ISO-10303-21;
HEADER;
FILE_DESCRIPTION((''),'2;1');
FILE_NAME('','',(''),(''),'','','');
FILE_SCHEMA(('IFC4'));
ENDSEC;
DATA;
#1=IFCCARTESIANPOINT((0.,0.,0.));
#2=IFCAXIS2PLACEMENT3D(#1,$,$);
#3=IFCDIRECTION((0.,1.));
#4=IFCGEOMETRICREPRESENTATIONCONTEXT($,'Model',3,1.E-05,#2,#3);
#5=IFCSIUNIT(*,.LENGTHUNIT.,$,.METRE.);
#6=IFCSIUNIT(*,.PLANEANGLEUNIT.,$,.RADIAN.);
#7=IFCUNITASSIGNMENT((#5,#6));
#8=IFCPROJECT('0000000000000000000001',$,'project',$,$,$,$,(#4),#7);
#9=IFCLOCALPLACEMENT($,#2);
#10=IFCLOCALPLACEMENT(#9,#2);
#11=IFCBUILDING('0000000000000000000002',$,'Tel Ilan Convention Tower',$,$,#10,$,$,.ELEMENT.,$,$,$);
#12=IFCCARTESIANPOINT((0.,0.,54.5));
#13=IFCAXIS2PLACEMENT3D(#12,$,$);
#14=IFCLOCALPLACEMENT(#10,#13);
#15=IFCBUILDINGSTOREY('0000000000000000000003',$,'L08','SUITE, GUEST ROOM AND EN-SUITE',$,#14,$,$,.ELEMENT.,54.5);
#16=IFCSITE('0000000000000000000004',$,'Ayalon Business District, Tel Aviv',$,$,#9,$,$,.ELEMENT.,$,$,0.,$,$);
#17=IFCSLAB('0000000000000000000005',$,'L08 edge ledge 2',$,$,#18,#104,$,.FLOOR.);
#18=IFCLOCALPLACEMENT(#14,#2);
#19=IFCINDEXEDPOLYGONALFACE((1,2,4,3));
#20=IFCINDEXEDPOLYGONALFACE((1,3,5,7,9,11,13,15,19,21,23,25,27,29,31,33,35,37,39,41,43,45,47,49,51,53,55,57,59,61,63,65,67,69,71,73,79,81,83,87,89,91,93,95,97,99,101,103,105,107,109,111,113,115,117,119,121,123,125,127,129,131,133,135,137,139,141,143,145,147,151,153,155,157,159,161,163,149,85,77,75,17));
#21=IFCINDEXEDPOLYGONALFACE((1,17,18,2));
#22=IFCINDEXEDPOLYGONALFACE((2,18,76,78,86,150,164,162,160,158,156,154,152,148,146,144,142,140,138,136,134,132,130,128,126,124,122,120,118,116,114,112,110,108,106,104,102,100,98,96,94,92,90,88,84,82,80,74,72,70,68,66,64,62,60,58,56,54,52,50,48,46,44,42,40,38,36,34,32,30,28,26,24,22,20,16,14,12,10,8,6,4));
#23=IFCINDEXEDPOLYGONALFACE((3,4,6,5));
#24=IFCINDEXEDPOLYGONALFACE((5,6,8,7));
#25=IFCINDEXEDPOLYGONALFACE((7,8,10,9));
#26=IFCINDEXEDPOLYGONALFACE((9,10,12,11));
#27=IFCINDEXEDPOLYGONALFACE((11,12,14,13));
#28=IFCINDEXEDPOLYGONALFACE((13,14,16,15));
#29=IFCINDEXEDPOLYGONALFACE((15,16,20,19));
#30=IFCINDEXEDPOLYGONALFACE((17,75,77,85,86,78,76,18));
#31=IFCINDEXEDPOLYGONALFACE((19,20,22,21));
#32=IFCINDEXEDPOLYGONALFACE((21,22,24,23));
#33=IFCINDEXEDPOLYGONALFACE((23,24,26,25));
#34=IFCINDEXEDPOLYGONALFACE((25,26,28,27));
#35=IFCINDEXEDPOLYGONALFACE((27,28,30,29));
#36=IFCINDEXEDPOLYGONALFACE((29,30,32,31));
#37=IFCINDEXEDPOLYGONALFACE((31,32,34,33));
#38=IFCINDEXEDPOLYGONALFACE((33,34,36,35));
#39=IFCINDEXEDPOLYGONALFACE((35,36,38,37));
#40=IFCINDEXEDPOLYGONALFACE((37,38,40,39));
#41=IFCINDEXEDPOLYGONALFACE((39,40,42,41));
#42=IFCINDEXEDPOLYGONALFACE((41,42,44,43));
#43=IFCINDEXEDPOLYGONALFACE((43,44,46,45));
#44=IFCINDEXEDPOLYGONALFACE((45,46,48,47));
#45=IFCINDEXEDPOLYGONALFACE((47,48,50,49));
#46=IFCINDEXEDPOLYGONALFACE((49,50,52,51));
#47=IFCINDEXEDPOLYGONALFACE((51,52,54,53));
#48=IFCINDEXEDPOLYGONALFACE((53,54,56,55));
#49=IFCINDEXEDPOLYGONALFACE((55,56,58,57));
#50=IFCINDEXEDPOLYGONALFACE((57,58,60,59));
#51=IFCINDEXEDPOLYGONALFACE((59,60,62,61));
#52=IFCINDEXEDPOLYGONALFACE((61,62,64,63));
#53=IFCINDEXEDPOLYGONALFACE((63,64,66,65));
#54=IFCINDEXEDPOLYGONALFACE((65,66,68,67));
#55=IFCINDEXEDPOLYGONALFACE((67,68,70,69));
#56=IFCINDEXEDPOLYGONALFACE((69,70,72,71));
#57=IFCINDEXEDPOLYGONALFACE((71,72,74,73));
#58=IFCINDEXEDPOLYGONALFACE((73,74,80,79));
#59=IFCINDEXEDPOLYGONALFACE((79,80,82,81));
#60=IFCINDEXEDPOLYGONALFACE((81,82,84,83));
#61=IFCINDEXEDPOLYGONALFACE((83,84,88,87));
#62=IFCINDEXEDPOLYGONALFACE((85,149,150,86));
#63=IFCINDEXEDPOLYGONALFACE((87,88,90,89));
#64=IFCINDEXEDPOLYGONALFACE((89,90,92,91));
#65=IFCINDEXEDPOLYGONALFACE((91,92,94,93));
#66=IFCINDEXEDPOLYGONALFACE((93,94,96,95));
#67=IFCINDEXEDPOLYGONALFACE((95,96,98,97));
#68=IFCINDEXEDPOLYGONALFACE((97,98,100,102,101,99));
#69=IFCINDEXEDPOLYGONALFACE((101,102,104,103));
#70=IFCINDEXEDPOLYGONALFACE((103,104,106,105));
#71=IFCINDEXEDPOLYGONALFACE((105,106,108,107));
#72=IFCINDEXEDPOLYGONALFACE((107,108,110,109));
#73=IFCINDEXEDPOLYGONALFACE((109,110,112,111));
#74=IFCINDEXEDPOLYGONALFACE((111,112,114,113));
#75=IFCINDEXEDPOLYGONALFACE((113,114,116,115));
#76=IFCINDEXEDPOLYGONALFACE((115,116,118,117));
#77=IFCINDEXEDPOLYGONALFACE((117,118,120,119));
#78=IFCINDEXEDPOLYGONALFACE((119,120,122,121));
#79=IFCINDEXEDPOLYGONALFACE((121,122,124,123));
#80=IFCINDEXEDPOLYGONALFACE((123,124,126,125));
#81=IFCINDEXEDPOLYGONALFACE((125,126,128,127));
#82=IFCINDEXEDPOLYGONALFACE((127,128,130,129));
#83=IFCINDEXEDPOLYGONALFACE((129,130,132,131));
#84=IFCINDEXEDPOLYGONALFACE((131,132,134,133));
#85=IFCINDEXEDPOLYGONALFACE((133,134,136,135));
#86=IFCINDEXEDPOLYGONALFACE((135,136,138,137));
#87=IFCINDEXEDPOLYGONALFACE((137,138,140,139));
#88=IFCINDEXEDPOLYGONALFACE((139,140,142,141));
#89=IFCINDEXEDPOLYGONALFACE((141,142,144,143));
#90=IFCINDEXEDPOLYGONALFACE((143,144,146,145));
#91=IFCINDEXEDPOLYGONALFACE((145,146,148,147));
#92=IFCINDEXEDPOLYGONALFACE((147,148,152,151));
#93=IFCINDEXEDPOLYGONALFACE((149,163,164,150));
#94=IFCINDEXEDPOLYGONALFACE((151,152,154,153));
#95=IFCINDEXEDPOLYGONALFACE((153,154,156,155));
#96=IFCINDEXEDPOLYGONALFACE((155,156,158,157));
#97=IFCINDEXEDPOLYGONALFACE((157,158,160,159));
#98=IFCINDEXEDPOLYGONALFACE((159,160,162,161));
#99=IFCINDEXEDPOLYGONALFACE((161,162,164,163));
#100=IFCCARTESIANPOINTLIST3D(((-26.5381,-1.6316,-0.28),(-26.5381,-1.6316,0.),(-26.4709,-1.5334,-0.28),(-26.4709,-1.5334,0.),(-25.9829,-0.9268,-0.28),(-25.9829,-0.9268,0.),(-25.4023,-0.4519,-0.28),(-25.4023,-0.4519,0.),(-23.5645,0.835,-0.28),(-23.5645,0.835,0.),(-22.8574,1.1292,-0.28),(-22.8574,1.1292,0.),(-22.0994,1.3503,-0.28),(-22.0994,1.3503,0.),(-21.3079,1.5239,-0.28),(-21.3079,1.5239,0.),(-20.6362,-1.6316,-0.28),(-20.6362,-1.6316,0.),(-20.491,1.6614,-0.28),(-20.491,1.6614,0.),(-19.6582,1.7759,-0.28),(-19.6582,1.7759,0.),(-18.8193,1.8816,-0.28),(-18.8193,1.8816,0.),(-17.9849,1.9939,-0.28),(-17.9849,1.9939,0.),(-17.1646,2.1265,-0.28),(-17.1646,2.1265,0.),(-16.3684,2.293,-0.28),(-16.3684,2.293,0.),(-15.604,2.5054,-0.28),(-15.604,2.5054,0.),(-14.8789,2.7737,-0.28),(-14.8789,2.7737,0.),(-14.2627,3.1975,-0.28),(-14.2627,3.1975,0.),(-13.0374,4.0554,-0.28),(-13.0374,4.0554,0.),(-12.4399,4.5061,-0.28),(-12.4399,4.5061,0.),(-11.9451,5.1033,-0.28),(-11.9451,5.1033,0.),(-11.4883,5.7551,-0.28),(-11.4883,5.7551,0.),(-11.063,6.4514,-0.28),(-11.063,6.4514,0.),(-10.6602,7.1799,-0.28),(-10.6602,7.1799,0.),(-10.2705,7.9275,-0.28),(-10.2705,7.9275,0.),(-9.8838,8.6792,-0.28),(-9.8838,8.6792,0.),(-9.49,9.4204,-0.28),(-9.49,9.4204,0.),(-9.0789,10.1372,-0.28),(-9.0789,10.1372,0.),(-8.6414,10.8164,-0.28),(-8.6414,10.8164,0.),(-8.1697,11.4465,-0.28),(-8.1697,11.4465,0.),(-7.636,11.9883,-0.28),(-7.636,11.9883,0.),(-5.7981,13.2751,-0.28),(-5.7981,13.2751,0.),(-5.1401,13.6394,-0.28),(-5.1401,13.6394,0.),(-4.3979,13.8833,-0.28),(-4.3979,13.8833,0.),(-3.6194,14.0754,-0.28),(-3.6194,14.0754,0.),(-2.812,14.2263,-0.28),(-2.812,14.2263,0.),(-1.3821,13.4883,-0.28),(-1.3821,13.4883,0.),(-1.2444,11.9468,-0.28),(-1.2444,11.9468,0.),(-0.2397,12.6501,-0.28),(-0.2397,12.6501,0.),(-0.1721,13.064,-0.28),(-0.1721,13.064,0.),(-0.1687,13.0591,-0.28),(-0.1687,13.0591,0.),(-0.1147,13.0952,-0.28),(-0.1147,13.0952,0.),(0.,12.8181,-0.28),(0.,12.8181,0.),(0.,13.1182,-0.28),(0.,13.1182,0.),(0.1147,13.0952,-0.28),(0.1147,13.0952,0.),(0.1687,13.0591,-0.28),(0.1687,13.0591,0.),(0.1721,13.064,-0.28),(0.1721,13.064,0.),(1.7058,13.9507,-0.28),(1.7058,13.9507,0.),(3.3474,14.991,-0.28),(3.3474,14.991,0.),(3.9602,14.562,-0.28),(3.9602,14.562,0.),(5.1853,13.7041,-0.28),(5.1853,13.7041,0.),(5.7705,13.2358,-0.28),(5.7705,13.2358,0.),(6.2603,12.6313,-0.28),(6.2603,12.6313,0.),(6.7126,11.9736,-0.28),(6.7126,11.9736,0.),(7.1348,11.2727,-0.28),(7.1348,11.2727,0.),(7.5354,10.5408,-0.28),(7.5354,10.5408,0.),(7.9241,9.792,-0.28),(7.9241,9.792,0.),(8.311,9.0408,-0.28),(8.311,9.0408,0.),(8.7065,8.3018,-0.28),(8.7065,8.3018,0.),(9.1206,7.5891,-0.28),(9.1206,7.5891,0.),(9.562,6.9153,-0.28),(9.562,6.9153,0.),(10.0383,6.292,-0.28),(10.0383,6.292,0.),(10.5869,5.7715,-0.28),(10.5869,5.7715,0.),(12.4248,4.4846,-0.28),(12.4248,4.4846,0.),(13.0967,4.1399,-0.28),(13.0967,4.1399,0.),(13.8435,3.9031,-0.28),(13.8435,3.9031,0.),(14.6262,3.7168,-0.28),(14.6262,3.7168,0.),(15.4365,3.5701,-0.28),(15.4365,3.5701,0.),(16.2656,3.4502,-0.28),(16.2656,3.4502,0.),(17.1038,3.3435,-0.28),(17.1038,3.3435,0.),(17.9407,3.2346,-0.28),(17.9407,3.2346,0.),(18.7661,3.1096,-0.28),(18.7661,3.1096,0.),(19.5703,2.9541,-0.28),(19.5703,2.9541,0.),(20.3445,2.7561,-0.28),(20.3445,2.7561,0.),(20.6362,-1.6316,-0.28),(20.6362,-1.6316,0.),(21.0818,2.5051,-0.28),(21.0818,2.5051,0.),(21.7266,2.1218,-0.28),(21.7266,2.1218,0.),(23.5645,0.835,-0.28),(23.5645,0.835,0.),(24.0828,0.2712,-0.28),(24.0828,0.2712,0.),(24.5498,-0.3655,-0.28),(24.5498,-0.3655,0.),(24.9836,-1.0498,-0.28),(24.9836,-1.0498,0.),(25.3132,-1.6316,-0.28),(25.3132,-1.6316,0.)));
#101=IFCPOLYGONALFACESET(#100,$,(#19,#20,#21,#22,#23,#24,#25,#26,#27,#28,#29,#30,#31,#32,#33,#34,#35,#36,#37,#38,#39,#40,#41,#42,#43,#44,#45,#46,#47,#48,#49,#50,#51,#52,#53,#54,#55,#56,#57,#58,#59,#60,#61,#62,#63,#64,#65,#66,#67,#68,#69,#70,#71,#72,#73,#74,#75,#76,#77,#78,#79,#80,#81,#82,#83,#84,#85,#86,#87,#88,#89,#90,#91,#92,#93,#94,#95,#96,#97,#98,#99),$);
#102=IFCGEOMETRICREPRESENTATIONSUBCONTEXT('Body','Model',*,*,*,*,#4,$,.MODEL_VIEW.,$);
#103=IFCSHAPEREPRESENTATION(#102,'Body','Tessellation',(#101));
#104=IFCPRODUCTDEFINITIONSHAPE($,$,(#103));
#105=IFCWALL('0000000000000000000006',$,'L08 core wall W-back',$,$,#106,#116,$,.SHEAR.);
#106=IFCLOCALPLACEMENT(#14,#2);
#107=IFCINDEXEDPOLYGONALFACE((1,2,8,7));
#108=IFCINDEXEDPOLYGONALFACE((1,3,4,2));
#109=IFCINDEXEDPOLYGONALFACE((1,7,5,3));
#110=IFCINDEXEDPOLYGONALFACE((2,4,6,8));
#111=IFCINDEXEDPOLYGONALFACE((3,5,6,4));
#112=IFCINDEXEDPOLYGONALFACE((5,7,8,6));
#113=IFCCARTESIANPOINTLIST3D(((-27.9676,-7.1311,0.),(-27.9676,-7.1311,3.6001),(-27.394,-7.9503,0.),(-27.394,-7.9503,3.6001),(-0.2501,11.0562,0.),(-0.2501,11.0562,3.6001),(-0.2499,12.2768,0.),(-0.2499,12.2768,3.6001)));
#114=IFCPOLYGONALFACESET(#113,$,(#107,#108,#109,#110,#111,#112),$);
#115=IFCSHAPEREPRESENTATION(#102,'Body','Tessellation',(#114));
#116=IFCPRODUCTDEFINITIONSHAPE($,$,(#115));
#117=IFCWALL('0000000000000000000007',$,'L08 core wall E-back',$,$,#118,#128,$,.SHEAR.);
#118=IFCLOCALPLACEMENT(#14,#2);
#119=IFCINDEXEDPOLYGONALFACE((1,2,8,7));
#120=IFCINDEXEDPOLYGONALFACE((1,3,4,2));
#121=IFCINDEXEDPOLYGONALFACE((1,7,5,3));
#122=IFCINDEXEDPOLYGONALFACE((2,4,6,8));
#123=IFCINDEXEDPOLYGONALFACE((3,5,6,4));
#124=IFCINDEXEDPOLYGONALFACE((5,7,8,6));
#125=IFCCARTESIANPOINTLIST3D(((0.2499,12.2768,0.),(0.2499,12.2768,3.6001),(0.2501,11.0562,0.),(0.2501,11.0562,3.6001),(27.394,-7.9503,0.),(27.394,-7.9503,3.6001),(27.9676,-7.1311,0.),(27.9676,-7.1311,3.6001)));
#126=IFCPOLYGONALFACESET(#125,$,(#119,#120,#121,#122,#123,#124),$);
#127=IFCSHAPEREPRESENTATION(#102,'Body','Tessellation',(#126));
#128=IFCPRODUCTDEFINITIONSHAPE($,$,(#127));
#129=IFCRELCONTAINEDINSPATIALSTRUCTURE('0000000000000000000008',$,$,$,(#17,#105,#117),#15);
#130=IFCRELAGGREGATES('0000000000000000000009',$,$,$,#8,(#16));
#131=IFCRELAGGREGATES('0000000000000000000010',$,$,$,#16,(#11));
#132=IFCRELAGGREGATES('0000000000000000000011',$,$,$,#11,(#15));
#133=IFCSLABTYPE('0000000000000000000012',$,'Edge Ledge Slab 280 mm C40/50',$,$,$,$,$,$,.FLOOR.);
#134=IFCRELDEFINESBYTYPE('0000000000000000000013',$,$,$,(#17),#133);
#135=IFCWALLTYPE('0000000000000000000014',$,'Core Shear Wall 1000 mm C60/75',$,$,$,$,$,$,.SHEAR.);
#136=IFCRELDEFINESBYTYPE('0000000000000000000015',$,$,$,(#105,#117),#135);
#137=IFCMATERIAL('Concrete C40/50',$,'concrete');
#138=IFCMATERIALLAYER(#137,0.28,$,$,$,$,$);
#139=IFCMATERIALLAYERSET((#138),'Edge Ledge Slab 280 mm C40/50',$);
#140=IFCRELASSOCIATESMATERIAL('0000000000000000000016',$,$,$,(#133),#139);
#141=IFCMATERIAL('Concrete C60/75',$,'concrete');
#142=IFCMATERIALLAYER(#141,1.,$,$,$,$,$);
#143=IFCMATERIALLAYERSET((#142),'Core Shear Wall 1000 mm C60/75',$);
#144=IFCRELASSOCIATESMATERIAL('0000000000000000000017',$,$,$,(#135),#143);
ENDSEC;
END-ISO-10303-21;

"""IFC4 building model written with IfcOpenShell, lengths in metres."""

from ifc_helpers import new_model, si_unit, direction, frame, origin, place, context, subcontext, project, spatial, polyline, outline, extrude, material, layer, layer_set, type_object, element, save


model = new_model("IFC4")

# Units and contexts
model_context = context("Model", 3, precision=1e-05, world=origin(), true_north=direction((0.0, 1.0)))
body_context = subcontext(model_context, "Body", "Model", "MODEL_VIEW")
ifc_project = project(units=[si_unit("LENGTHUNIT", "METRE"), si_unit("PLANEANGLEUNIT", "RADIAN")], contexts=[model_context])

# Site, building, storey
site_placement = place(None, origin())
site = spatial("IfcSite", under=ifc_project, at=site_placement, Name="Ayalon Business District, Tel Aviv", CompositionType="ELEMENT", RefElevation=0.0)
building_placement = place(site_placement, origin())
building = spatial("IfcBuilding", under=site, at=building_placement, Name="Tel Ilan Convention Tower", CompositionType="ELEMENT")
storey_placement = place(building_placement, frame((0.0, 0.0, 54.5)))
storey = spatial("IfcBuildingStorey", under=building, at=storey_placement, Name="L08", Description="SUITE, GUEST ROOM AND EN-SUITE", CompositionType="ELEMENT", Elevation=54.5)

# Slab
ifc_material_1 = material(Name="Concrete C40/50", Category="concrete")
ifc_layer_1 = layer(ifc_material_1, 0.28)
ifc_layer_set_1 = layer_set([ifc_layer_1], Name="Edge Ledge Slab 280 mm C40/50")
slab_type_1 = type_object("IfcSlabType", Name="Edge Ledge Slab 280 mm C40/50", PredefinedType="FLOOR", material=ifc_layer_set_1)
slab_1_placement = place(storey_placement, frame((0.0, 0.0, -0.28)))
element("IfcSlab", 1, at=slab_1_placement, inside=storey, type_object=slab_type_1, Name="L08 edge ledge 2", PredefinedType="FLOOR", context=body_context, shape_type="SweptSolid", body=[
    extrude(outline(polyline([(-23.5645, 0.835), (-22.8574, 1.1292), (-22.0994, 1.3503), (-21.3079, 1.5239), (-20.491, 1.6614), (-19.6582, 1.7759), (-18.8193, 1.8816), (-17.9849, 1.9939), (-17.1646, 2.1265), (-16.3684, 2.293), (-15.604, 2.5054), (-14.8789, 2.7737), (-14.2627, 3.1975), (-13.0374, 4.0554), (-12.4399, 4.5061), (-11.9451, 5.1033), (-11.4883, 5.7551), (-11.063, 6.4514), (-10.6602, 7.1799), (-10.2705, 7.9275), (-9.8838, 8.6792), (-9.49, 9.4204), (-9.0789, 10.1372), (-8.6414, 10.8164), (-8.1697, 11.4465), (-7.636, 11.9883), (-5.7981, 13.2751), (-5.1401, 13.6394), (-4.3979, 13.8833), (-3.6194, 14.0754), (-2.812, 14.2263), (-1.3821, 13.4883), (-0.1721, 13.064), (-0.1687, 13.0591), (-0.1147, 13.0952), (0.0, 13.1182), (0.1147, 13.0952), (0.1687, 13.0591), (0.1721, 13.064), (1.7058, 13.9507), (3.3474, 14.991), (3.9602, 14.562), (5.1853, 13.7041), (5.7705, 13.2358), (6.2603, 12.6313), (6.7126, 11.9736), (7.1348, 11.2727), (7.5354, 10.5408), (7.9241, 9.792), (8.311, 9.0408), (8.7065, 8.3018), (9.1206, 7.5891), (9.562, 6.9153), (10.0383, 6.292), (10.5869, 5.7715), (12.4248, 4.4846), (13.0967, 4.1399), (13.8435, 3.9031), (14.6262, 3.7168), (15.4365, 3.5701), (16.2656, 3.4502), (17.1038, 3.3435), (17.9407, 3.2346), (18.7661, 3.1096), (19.5703, 2.9541), (20.3445, 2.7561), (21.0818, 2.5051), (21.7266, 2.1218), (23.5645, 0.835), (24.0828, 0.2712), (24.5498, -0.3655), (24.9836, -1.0498), (25.3132, -1.6316), (20.6362, -1.6316), (0.0, 12.8181), (-0.2397, 12.6501), (-1.2444, 11.9468), (-20.6362, -1.6316), (-26.5381, -1.6316), (-26.4709, -1.5334), (-25.9829, -0.9268), (-25.4023, -0.4519), (-23.5645, 0.835)])), origin(), (0.0, 0.0, 1.0), 0.28),
])

# Walls
ifc_material_2 = material(Name="Concrete C60/75", Category="concrete")
ifc_layer_2 = layer(ifc_material_2, 1.0)
ifc_layer_set_2 = layer_set([ifc_layer_2], Name="Core Shear Wall 1000 mm C60/75")
wall_type_1 = type_object("IfcWallType", Name="Core Shear Wall 1000 mm C60/75", PredefinedType="SHEAR", material=ifc_layer_set_2)
wall_1_placement = place(storey_placement, frame((0.0369, 11.8672, 0.0), z_axis=(0.0, 0.0, 1.0), x_axis=(-0.819155, -0.573572, 0.0)))
element("IfcWall", 2, at=wall_1_placement, inside=storey, type_object=wall_type_1, Name="L08 core wall W-back", PredefinedType="SHEAR", context=body_context, shape_type="SweptSolid", body=[
    extrude(outline(polyline([(33.8369, 0.5), (0.7002, 0.4998), (0.0, -0.5), (33.8369, -0.5), (33.8369, 0.5)])), origin(), (0.0, 0.0, 1.0), 3.6001),
])
wall_2_placement = place(storey_placement, frame((-0.0369, 11.8672, 0.0), z_axis=(0.0, 0.0, 1.0), x_axis=(0.819155, -0.573572, 0.0)))
element("IfcWall", 3, at=wall_2_placement, inside=storey, type_object=wall_type_1, Name="L08 core wall E-back", PredefinedType="SHEAR", context=body_context, shape_type="SweptSolid", body=[
    extrude(outline(polyline([(33.8369, 0.5), (0.0, 0.5), (0.7002, -0.4998), (33.8369, -0.5), (33.8369, 0.5)])), origin(), (0.0, 0.0, 1.0), 3.6001),
])

save(model, "model.ifc")
